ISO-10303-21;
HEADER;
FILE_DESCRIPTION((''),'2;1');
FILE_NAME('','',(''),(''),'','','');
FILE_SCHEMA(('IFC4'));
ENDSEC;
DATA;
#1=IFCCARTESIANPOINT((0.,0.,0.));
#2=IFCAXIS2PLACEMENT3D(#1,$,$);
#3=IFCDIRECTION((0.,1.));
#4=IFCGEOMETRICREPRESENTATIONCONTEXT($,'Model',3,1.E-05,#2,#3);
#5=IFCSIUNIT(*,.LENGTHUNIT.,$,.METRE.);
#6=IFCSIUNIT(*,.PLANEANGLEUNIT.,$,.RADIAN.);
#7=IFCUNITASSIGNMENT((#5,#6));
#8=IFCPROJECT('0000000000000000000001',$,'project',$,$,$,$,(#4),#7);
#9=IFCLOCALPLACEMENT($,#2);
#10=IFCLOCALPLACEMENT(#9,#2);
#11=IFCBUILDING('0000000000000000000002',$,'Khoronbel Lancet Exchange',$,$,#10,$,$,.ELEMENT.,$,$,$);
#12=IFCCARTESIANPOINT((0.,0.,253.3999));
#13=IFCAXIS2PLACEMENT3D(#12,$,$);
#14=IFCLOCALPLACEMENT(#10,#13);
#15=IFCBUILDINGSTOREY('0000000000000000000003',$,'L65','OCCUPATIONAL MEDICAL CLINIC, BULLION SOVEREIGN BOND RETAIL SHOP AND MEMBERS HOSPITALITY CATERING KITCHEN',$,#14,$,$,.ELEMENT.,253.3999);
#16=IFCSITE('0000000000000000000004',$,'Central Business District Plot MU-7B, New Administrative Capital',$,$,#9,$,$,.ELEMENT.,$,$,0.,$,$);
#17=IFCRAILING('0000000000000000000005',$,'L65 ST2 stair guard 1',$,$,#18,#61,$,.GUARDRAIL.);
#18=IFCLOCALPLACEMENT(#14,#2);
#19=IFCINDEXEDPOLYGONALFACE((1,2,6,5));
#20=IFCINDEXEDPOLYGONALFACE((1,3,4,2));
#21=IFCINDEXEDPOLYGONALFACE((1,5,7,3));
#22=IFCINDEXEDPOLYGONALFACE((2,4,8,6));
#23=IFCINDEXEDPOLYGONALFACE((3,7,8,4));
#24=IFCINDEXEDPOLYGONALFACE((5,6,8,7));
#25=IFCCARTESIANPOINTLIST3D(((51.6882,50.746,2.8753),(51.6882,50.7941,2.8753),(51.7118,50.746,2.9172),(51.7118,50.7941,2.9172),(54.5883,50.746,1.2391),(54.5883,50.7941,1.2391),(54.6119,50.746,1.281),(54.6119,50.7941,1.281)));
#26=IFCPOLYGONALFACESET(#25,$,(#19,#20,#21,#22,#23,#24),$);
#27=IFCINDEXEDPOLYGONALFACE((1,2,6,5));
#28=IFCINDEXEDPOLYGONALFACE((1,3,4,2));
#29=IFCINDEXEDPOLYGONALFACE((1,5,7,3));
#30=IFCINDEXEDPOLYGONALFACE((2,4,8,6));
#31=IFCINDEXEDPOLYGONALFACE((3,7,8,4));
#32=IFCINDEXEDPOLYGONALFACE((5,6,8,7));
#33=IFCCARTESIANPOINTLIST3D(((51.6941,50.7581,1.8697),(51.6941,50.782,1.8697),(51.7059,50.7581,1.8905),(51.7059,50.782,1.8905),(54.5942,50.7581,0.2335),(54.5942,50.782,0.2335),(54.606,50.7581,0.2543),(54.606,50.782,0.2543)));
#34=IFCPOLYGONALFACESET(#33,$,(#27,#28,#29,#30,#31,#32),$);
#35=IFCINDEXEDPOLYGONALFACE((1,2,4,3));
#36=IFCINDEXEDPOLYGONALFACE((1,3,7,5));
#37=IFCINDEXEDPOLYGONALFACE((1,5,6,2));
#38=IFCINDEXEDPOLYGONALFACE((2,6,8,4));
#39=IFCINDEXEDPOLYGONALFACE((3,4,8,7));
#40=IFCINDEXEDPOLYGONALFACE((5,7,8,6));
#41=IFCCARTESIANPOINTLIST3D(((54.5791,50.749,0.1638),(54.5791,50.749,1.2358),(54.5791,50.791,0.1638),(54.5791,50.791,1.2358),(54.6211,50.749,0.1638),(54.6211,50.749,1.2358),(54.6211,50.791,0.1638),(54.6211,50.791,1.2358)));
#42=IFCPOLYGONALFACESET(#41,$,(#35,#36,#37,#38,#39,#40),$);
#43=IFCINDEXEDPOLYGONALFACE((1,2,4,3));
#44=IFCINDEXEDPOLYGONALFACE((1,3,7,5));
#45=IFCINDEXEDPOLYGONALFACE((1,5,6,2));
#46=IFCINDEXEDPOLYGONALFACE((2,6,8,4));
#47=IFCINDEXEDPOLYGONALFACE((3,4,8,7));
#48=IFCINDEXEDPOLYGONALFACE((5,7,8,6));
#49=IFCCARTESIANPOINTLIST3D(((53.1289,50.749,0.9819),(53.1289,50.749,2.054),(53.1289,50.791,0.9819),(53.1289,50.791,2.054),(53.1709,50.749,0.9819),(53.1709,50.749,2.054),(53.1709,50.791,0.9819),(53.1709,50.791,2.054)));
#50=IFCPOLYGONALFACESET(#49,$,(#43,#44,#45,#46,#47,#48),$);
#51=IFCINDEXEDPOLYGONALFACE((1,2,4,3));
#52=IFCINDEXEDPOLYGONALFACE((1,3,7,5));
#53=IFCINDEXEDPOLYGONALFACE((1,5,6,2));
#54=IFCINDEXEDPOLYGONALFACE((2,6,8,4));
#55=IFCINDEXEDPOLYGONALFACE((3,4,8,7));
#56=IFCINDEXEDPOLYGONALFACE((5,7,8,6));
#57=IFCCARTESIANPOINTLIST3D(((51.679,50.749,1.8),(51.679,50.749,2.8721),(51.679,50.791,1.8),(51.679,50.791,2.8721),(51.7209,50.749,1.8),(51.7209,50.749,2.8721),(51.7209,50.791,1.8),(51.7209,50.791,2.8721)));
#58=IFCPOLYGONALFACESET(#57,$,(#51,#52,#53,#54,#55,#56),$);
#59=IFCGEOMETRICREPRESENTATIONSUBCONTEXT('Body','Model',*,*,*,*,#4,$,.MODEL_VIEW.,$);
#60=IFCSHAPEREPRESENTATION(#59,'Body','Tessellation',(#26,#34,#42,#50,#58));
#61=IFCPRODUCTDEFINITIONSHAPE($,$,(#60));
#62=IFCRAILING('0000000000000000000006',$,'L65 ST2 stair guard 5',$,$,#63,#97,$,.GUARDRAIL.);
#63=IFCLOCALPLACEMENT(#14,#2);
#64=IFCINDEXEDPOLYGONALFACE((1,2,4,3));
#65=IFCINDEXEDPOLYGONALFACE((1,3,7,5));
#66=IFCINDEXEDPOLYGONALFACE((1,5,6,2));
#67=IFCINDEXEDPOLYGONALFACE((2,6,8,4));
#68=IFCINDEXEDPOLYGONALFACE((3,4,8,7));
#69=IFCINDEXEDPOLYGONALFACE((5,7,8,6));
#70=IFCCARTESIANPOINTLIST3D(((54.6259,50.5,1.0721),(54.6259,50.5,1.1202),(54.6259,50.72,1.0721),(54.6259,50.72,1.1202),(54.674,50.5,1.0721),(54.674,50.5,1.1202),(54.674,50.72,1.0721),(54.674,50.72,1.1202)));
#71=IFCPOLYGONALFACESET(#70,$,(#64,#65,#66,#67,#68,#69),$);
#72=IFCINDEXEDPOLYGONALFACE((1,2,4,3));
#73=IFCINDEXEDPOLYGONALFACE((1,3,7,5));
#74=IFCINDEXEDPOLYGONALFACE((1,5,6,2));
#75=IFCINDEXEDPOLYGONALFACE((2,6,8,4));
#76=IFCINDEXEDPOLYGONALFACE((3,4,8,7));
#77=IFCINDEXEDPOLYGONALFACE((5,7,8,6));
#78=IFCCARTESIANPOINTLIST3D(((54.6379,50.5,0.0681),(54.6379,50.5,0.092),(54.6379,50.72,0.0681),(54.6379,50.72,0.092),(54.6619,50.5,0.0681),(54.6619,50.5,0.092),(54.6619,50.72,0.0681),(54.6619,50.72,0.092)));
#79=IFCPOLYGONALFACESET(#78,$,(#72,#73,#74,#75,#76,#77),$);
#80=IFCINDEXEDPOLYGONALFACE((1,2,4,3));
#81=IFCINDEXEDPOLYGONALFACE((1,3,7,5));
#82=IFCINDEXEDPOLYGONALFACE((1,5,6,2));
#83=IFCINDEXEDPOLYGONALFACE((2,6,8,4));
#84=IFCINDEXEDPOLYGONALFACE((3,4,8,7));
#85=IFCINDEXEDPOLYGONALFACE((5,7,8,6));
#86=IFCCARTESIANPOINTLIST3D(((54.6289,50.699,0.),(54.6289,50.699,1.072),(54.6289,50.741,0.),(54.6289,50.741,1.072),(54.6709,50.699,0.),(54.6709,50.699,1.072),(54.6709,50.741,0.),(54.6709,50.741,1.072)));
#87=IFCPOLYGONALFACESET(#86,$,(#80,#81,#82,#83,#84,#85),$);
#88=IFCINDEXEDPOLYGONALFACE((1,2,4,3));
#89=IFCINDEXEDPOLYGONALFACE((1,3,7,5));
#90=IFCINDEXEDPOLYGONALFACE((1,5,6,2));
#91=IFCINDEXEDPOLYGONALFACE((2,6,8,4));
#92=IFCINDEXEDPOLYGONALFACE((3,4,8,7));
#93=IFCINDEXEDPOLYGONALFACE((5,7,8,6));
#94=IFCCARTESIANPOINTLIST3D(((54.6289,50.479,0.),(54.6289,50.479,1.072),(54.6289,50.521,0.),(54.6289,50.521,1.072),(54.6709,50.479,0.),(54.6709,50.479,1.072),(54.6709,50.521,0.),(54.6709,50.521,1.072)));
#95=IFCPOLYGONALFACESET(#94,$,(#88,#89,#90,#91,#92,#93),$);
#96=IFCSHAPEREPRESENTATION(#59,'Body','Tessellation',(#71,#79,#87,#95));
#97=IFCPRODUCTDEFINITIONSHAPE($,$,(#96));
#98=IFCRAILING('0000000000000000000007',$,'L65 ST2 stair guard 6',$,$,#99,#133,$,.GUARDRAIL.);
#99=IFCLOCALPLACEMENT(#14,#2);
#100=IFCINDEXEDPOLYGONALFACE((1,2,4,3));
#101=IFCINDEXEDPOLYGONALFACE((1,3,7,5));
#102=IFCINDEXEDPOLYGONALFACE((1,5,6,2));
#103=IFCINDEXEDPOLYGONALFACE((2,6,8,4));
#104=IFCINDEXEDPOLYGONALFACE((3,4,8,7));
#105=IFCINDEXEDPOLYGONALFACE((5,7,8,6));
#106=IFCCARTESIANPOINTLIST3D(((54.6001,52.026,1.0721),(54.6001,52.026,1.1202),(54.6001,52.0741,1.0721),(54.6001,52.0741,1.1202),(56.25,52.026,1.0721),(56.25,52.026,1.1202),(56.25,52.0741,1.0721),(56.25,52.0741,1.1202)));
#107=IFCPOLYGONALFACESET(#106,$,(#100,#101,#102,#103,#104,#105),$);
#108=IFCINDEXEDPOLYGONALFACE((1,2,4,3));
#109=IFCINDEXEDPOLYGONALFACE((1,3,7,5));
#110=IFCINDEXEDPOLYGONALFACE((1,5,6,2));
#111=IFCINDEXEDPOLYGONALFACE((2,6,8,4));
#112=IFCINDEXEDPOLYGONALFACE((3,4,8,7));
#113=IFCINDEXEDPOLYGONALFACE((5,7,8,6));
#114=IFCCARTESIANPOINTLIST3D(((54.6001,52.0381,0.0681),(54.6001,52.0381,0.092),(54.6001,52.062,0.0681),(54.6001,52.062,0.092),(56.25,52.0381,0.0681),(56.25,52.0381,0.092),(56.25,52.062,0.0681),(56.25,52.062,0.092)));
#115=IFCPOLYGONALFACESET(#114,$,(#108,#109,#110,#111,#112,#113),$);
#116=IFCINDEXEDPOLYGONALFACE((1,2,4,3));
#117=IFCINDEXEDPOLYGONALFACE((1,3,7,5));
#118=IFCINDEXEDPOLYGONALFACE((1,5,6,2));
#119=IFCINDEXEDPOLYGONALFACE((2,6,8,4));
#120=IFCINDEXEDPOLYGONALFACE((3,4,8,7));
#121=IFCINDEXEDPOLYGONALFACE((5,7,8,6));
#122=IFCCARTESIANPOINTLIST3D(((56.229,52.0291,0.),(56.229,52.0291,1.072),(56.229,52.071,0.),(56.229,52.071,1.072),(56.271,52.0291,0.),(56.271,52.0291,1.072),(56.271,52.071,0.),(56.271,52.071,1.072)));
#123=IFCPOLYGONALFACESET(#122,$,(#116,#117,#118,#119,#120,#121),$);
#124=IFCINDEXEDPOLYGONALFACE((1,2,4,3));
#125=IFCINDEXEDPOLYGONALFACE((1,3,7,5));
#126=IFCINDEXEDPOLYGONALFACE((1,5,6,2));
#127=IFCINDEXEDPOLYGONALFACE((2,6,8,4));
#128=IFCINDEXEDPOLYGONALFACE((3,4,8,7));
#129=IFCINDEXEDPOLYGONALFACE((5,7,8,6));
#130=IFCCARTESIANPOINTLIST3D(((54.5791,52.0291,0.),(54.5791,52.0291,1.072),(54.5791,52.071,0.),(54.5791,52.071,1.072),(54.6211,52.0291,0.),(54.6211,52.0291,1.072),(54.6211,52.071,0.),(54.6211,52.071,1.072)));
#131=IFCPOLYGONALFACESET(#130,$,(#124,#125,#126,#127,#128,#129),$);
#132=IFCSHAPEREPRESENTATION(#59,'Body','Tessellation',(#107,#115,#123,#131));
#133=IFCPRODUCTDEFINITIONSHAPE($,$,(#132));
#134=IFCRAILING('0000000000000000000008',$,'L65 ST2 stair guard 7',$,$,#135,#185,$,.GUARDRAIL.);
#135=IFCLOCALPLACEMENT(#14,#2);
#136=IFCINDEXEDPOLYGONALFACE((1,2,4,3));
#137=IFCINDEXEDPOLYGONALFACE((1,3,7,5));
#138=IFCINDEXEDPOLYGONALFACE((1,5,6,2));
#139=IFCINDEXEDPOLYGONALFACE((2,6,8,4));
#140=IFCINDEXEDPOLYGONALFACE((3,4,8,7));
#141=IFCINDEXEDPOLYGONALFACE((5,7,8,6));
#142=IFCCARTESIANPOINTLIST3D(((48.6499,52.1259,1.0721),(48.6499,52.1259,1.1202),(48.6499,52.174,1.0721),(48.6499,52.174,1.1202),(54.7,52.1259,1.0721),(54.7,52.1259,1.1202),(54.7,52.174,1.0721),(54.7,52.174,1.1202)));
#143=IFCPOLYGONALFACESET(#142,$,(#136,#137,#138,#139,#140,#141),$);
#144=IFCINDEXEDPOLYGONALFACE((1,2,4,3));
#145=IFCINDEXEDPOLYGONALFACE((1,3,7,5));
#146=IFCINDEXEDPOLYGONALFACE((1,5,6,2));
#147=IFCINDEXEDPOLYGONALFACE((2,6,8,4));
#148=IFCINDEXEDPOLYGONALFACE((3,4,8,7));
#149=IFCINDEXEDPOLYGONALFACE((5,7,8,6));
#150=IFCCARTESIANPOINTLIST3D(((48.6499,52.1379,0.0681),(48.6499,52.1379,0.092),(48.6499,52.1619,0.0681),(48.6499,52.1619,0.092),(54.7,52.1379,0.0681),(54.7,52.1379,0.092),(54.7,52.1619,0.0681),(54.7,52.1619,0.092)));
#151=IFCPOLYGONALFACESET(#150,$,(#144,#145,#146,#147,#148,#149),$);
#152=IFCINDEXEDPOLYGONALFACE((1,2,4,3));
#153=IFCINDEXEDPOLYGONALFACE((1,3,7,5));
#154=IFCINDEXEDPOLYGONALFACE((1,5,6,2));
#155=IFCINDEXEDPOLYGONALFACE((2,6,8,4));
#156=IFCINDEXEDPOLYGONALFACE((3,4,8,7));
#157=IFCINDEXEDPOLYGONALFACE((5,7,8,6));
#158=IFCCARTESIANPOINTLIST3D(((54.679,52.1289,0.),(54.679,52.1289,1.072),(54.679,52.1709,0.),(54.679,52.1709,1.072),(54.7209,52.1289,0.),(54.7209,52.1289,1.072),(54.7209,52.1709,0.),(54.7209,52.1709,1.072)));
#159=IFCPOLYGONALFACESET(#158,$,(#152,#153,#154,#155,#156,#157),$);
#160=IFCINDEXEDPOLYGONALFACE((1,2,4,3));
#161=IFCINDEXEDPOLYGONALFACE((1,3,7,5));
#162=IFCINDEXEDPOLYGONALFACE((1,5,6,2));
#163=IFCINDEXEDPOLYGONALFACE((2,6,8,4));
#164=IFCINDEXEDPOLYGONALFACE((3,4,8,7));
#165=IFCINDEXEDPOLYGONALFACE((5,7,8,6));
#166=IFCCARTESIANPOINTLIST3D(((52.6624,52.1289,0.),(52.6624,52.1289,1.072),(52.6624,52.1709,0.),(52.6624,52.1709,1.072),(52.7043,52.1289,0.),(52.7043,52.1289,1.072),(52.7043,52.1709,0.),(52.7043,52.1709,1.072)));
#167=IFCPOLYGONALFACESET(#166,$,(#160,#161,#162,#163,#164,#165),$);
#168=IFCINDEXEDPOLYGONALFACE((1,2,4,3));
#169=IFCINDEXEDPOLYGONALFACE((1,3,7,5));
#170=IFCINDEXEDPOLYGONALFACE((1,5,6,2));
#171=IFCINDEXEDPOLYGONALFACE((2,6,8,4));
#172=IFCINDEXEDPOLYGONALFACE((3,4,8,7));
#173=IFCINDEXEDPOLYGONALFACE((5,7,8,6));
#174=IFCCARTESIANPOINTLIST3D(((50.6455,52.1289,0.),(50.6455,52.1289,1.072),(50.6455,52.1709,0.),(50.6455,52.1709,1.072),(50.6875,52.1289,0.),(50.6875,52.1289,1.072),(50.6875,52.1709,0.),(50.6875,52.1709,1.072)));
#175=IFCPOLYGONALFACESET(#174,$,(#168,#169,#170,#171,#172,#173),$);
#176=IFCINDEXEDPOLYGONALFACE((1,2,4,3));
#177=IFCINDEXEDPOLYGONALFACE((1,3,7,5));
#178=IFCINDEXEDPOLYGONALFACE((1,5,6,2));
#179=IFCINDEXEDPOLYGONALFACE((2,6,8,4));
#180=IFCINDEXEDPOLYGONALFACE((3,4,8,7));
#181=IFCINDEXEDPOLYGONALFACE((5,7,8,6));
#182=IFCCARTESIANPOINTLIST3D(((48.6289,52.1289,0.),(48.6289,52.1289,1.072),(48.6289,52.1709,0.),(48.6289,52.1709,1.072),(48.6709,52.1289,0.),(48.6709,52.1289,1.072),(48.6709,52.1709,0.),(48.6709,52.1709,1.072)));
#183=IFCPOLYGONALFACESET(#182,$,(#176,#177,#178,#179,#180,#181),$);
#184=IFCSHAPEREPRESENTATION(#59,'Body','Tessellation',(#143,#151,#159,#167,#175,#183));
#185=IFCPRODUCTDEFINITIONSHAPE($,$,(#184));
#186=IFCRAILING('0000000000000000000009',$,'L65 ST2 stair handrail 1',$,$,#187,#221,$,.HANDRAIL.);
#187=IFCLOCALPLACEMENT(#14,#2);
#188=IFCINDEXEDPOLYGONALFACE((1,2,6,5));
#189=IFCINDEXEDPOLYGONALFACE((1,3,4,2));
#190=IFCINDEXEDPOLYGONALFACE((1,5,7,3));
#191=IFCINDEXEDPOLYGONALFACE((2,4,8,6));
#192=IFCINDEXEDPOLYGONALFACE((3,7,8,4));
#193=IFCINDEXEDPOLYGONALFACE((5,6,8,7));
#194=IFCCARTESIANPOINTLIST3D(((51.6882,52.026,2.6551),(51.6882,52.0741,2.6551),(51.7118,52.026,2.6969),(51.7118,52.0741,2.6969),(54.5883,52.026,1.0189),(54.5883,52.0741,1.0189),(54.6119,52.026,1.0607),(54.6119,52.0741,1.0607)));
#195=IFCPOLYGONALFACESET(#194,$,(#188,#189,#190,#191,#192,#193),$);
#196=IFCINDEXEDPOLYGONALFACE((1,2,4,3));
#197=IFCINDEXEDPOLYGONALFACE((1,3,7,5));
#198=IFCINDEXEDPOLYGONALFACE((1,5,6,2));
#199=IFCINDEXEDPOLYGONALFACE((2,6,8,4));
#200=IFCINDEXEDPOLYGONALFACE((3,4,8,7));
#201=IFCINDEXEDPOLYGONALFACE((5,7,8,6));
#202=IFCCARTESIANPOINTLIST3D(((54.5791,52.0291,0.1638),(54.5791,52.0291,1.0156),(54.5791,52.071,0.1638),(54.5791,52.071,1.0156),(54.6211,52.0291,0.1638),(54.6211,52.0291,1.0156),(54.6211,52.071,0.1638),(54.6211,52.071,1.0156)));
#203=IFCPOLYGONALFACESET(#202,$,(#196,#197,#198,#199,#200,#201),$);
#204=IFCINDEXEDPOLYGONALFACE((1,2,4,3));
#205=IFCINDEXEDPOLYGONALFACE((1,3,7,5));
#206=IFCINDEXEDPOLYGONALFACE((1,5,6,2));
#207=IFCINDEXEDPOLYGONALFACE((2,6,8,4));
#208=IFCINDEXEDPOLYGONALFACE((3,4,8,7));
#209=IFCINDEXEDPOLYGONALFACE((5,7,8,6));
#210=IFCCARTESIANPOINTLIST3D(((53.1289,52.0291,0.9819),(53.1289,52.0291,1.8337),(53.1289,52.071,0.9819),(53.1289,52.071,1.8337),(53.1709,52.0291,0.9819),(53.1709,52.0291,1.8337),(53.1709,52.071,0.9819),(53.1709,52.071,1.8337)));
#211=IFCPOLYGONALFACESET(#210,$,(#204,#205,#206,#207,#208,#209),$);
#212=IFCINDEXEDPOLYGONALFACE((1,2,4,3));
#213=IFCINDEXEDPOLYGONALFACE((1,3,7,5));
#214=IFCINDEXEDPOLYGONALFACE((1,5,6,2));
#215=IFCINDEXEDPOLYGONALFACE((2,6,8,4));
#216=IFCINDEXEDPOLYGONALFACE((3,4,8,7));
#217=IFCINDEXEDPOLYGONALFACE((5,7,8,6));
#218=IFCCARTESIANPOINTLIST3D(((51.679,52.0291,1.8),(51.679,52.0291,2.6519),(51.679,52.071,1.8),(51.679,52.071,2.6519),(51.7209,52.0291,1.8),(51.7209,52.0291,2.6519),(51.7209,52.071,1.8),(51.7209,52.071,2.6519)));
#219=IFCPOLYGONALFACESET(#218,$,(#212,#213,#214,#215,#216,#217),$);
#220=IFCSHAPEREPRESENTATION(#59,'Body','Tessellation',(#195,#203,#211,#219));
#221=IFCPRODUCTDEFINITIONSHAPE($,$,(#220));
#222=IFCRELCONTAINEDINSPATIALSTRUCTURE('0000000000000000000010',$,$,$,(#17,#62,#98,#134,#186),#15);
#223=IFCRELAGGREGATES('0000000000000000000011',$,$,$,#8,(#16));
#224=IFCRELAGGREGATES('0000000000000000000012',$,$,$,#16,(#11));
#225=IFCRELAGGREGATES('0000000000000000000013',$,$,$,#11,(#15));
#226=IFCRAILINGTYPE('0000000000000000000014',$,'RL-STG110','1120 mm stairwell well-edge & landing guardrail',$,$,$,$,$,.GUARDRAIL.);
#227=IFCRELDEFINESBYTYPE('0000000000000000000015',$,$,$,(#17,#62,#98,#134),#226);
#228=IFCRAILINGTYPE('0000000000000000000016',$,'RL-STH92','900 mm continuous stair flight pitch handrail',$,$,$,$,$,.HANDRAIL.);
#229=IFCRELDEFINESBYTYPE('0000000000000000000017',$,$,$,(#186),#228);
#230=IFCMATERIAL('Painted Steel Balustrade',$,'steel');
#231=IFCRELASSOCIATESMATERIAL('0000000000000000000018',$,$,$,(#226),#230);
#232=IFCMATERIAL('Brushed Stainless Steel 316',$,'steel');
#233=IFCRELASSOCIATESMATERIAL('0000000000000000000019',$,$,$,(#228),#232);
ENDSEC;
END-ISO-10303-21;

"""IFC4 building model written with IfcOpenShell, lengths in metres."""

from ifc_helpers import new_model, si_unit, direction, frame, origin, origin_2d, place, context, subcontext, project, spatial, rectangle, extrude, material, type_object, element, save


model = new_model("IFC4")

# Units and contexts
model_context = context("Model", 3, precision=1e-05, world=origin(), true_north=direction((0.0, 1.0)))
body_context = subcontext(model_context, "Body", "Model", "MODEL_VIEW")
ifc_project = project(units=[si_unit("LENGTHUNIT", "METRE"), si_unit("PLANEANGLEUNIT", "RADIAN")], contexts=[model_context])

# Site, building, storey
site_placement = place(None, origin())
site = spatial("IfcSite", under=ifc_project, at=site_placement, Name="Central Business District Plot MU-7B, New Administrative Capital", CompositionType="ELEMENT", RefElevation=0.0)
building_placement = place(site_placement, origin())
building = spatial("IfcBuilding", under=site, at=building_placement, Name="Khoronbel Lancet Exchange", CompositionType="ELEMENT")
storey_placement = place(building_placement, frame((0.0, 0.0, 253.3999)))
storey = spatial("IfcBuildingStorey", under=building, at=storey_placement, Name="L65", Description="OCCUPATIONAL MEDICAL CLINIC, BULLION SOVEREIGN BOND RETAIL SHOP AND MEMBERS HOSPITALITY CATERING KITCHEN", CompositionType="ELEMENT", Elevation=253.3999)

# Railings
ifc_material_1 = material(Name="Painted Steel Balustrade", Category="steel")
railing_type_1 = type_object("IfcRailingType", Name="RL-STG110", Description="1120 mm stairwell well-edge & landing guardrail", PredefinedType="GUARDRAIL", material=ifc_material_1)
railing_1_placement = place(storey_placement, frame((54.6001, 50.77, 0.1638)))
element("IfcRailing", 1, at=railing_1_placement, inside=storey, type_object=railing_type_1, Name="L65 ST2 stair guard 1", PredefinedType="GUARDRAIL", context=body_context, shape_type="SweptSolid", body=[
    extrude(rectangle(XDim=0.0481, YDim=0.0481, at=origin_2d()), frame((0.0, 0.0, 1.0962), z_axis=(-0.870946, 0.0, 0.491378), x_axis=(0.0, -1.0, 0.0)), (0.0, 0.0, 1.0), 3.3298),
    extrude(rectangle(XDim=0.0239, YDim=0.0239, at=origin_2d()), frame((0.0, 0.0, 0.0801), z_axis=(-0.870946, 0.0, 0.491378), x_axis=(0.0, -1.0, 0.0)), (0.0, 0.0, 1.0), 3.3298),
    extrude(rectangle(XDim=0.042, YDim=0.042, at=origin_2d()), origin(), (0.0, 0.0, 1.0), 1.072),
    extrude(rectangle(XDim=0.042, YDim=0.042, at=origin_2d()), frame((-1.4502, 0.0, 0.8181)), (0.0, 0.0, 1.0), 1.072),
    extrude(rectangle(XDim=0.042, YDim=0.042, at=origin_2d()), frame((-2.9001, 0.0, 1.6362)), (0.0, 0.0, 1.0), 1.072),
])
railing_2_placement = place(storey_placement, frame((54.6499, 50.72, 0.0)))
element("IfcRailing", 2, at=railing_2_placement, inside=storey, type_object=railing_type_1, Name="L65 ST2 stair guard 5", PredefinedType="GUARDRAIL", context=body_context, shape_type="SweptSolid", body=[
    extrude(rectangle(XDim=0.0481, YDim=0.0481, at=origin_2d()), frame((0.0, 0.0, 1.0962), z_axis=(0.0, -1.0, 0.0), x_axis=(1.0, 0.0, 0.0)), (0.0, 0.0, 1.0), 0.22),
    extrude(rectangle(XDim=0.0239, YDim=0.0239, at=origin_2d()), frame((0.0, 0.0, 0.0801), z_axis=(0.0, -1.0, 0.0), x_axis=(1.0, 0.0, 0.0)), (0.0, 0.0, 1.0), 0.22),
    extrude(rectangle(XDim=0.042, YDim=0.042, at=origin_2d()), origin(), (0.0, 0.0, 1.0), 1.072),
    extrude(rectangle(XDim=0.042, YDim=0.042, at=origin_2d()), frame((0.0, -0.22, 0.0)), (0.0, 0.0, 1.0), 1.072),
])
railing_3_placement = place(storey_placement, frame((56.25, 52.05, 0.0)))
element("IfcRailing", 3, at=railing_3_placement, inside=storey, type_object=railing_type_1, Name="L65 ST2 stair guard 6", PredefinedType="GUARDRAIL", context=body_context, shape_type="SweptSolid", body=[
    extrude(rectangle(XDim=0.0481, YDim=0.0481, at=origin_2d()), frame((0.0, 0.0, 1.0962), z_axis=(-1.0, 0.0, 0.0), x_axis=(0.0, -1.0, 0.0)), (0.0, 0.0, 1.0), 1.6499),
    extrude(rectangle(XDim=0.0239, YDim=0.0239, at=origin_2d()), frame((0.0, 0.0, 0.0801), z_axis=(-1.0, 0.0, 0.0), x_axis=(0.0, -1.0, 0.0)), (0.0, 0.0, 1.0), 1.6499),
    extrude(rectangle(XDim=0.042, YDim=0.042, at=origin_2d()), origin(), (0.0, 0.0, 1.0), 1.072),
    extrude(rectangle(XDim=0.042, YDim=0.042, at=origin_2d()), frame((-1.6499, 0.0, 0.0)), (0.0, 0.0, 1.0), 1.072),
])
railing_4_placement = place(storey_placement, frame((54.7, 52.1499, 0.0)))
element("IfcRailing", 4, at=railing_4_placement, inside=storey, type_object=railing_type_1, Name="L65 ST2 stair guard 7", PredefinedType="GUARDRAIL", context=body_context, shape_type="SweptSolid", body=[
    extrude(rectangle(XDim=0.0481, YDim=0.0481, at=origin_2d()), frame((0.0, 0.0, 1.0962), z_axis=(-1.0, 0.0, 0.0), x_axis=(0.0, -1.0, 0.0)), (0.0, 0.0, 1.0), 6.05),
    extrude(rectangle(XDim=0.0239, YDim=0.0239, at=origin_2d()), frame((0.0, 0.0, 0.0801), z_axis=(-1.0, 0.0, 0.0), x_axis=(0.0, -1.0, 0.0)), (0.0, 0.0, 1.0), 6.05),
    extrude(rectangle(XDim=0.042, YDim=0.042, at=origin_2d()), origin(), (0.0, 0.0, 1.0), 1.072),
    extrude(rectangle(XDim=0.042, YDim=0.042, at=origin_2d()), frame((-2.0166, 0.0, 0.0)), (0.0, 0.0, 1.0), 1.072),
    extrude(rectangle(XDim=0.042, YDim=0.042, at=origin_2d()), frame((-4.0334, 0.0, 0.0)), (0.0, 0.0, 1.0), 1.072),
    extrude(rectangle(XDim=0.042, YDim=0.042, at=origin_2d()), frame((-6.05, 0.0, 0.0)), (0.0, 0.0, 1.0), 1.072),
])
ifc_material_2 = material(Name="Brushed Stainless Steel 316", Category="steel")
railing_type_2 = type_object("IfcRailingType", Name="RL-STH92", Description="900 mm continuous stair flight pitch handrail", PredefinedType="HANDRAIL", material=ifc_material_2)
railing_5_placement = place(storey_placement, frame((54.6001, 52.05, 0.1638)))
element("IfcRailing", 5, at=railing_5_placement, inside=storey, type_object=railing_type_2, Name="L65 ST2 stair handrail 1", PredefinedType="HANDRAIL", context=body_context, shape_type="SweptSolid", body=[
    extrude(rectangle(XDim=0.0481, YDim=0.0481, at=origin_2d()), frame((0.0, 0.0, 0.876), z_axis=(-0.870946, 0.0, 0.491378), x_axis=(0.0, -1.0, 0.0)), (0.0, 0.0, 1.0), 3.3298),
    extrude(rectangle(XDim=0.042, YDim=0.042, at=origin_2d()), origin(), (0.0, 0.0, 1.0), 0.8518),
    extrude(rectangle(XDim=0.042, YDim=0.042, at=origin_2d()), frame((-1.4502, 0.0, 0.8181)), (0.0, 0.0, 1.0), 0.8518),
    extrude(rectangle(XDim=0.042, YDim=0.042, at=origin_2d()), frame((-2.9001, 0.0, 1.6362)), (0.0, 0.0, 1.0), 0.8518),
])

save(model, "model.ifc")
